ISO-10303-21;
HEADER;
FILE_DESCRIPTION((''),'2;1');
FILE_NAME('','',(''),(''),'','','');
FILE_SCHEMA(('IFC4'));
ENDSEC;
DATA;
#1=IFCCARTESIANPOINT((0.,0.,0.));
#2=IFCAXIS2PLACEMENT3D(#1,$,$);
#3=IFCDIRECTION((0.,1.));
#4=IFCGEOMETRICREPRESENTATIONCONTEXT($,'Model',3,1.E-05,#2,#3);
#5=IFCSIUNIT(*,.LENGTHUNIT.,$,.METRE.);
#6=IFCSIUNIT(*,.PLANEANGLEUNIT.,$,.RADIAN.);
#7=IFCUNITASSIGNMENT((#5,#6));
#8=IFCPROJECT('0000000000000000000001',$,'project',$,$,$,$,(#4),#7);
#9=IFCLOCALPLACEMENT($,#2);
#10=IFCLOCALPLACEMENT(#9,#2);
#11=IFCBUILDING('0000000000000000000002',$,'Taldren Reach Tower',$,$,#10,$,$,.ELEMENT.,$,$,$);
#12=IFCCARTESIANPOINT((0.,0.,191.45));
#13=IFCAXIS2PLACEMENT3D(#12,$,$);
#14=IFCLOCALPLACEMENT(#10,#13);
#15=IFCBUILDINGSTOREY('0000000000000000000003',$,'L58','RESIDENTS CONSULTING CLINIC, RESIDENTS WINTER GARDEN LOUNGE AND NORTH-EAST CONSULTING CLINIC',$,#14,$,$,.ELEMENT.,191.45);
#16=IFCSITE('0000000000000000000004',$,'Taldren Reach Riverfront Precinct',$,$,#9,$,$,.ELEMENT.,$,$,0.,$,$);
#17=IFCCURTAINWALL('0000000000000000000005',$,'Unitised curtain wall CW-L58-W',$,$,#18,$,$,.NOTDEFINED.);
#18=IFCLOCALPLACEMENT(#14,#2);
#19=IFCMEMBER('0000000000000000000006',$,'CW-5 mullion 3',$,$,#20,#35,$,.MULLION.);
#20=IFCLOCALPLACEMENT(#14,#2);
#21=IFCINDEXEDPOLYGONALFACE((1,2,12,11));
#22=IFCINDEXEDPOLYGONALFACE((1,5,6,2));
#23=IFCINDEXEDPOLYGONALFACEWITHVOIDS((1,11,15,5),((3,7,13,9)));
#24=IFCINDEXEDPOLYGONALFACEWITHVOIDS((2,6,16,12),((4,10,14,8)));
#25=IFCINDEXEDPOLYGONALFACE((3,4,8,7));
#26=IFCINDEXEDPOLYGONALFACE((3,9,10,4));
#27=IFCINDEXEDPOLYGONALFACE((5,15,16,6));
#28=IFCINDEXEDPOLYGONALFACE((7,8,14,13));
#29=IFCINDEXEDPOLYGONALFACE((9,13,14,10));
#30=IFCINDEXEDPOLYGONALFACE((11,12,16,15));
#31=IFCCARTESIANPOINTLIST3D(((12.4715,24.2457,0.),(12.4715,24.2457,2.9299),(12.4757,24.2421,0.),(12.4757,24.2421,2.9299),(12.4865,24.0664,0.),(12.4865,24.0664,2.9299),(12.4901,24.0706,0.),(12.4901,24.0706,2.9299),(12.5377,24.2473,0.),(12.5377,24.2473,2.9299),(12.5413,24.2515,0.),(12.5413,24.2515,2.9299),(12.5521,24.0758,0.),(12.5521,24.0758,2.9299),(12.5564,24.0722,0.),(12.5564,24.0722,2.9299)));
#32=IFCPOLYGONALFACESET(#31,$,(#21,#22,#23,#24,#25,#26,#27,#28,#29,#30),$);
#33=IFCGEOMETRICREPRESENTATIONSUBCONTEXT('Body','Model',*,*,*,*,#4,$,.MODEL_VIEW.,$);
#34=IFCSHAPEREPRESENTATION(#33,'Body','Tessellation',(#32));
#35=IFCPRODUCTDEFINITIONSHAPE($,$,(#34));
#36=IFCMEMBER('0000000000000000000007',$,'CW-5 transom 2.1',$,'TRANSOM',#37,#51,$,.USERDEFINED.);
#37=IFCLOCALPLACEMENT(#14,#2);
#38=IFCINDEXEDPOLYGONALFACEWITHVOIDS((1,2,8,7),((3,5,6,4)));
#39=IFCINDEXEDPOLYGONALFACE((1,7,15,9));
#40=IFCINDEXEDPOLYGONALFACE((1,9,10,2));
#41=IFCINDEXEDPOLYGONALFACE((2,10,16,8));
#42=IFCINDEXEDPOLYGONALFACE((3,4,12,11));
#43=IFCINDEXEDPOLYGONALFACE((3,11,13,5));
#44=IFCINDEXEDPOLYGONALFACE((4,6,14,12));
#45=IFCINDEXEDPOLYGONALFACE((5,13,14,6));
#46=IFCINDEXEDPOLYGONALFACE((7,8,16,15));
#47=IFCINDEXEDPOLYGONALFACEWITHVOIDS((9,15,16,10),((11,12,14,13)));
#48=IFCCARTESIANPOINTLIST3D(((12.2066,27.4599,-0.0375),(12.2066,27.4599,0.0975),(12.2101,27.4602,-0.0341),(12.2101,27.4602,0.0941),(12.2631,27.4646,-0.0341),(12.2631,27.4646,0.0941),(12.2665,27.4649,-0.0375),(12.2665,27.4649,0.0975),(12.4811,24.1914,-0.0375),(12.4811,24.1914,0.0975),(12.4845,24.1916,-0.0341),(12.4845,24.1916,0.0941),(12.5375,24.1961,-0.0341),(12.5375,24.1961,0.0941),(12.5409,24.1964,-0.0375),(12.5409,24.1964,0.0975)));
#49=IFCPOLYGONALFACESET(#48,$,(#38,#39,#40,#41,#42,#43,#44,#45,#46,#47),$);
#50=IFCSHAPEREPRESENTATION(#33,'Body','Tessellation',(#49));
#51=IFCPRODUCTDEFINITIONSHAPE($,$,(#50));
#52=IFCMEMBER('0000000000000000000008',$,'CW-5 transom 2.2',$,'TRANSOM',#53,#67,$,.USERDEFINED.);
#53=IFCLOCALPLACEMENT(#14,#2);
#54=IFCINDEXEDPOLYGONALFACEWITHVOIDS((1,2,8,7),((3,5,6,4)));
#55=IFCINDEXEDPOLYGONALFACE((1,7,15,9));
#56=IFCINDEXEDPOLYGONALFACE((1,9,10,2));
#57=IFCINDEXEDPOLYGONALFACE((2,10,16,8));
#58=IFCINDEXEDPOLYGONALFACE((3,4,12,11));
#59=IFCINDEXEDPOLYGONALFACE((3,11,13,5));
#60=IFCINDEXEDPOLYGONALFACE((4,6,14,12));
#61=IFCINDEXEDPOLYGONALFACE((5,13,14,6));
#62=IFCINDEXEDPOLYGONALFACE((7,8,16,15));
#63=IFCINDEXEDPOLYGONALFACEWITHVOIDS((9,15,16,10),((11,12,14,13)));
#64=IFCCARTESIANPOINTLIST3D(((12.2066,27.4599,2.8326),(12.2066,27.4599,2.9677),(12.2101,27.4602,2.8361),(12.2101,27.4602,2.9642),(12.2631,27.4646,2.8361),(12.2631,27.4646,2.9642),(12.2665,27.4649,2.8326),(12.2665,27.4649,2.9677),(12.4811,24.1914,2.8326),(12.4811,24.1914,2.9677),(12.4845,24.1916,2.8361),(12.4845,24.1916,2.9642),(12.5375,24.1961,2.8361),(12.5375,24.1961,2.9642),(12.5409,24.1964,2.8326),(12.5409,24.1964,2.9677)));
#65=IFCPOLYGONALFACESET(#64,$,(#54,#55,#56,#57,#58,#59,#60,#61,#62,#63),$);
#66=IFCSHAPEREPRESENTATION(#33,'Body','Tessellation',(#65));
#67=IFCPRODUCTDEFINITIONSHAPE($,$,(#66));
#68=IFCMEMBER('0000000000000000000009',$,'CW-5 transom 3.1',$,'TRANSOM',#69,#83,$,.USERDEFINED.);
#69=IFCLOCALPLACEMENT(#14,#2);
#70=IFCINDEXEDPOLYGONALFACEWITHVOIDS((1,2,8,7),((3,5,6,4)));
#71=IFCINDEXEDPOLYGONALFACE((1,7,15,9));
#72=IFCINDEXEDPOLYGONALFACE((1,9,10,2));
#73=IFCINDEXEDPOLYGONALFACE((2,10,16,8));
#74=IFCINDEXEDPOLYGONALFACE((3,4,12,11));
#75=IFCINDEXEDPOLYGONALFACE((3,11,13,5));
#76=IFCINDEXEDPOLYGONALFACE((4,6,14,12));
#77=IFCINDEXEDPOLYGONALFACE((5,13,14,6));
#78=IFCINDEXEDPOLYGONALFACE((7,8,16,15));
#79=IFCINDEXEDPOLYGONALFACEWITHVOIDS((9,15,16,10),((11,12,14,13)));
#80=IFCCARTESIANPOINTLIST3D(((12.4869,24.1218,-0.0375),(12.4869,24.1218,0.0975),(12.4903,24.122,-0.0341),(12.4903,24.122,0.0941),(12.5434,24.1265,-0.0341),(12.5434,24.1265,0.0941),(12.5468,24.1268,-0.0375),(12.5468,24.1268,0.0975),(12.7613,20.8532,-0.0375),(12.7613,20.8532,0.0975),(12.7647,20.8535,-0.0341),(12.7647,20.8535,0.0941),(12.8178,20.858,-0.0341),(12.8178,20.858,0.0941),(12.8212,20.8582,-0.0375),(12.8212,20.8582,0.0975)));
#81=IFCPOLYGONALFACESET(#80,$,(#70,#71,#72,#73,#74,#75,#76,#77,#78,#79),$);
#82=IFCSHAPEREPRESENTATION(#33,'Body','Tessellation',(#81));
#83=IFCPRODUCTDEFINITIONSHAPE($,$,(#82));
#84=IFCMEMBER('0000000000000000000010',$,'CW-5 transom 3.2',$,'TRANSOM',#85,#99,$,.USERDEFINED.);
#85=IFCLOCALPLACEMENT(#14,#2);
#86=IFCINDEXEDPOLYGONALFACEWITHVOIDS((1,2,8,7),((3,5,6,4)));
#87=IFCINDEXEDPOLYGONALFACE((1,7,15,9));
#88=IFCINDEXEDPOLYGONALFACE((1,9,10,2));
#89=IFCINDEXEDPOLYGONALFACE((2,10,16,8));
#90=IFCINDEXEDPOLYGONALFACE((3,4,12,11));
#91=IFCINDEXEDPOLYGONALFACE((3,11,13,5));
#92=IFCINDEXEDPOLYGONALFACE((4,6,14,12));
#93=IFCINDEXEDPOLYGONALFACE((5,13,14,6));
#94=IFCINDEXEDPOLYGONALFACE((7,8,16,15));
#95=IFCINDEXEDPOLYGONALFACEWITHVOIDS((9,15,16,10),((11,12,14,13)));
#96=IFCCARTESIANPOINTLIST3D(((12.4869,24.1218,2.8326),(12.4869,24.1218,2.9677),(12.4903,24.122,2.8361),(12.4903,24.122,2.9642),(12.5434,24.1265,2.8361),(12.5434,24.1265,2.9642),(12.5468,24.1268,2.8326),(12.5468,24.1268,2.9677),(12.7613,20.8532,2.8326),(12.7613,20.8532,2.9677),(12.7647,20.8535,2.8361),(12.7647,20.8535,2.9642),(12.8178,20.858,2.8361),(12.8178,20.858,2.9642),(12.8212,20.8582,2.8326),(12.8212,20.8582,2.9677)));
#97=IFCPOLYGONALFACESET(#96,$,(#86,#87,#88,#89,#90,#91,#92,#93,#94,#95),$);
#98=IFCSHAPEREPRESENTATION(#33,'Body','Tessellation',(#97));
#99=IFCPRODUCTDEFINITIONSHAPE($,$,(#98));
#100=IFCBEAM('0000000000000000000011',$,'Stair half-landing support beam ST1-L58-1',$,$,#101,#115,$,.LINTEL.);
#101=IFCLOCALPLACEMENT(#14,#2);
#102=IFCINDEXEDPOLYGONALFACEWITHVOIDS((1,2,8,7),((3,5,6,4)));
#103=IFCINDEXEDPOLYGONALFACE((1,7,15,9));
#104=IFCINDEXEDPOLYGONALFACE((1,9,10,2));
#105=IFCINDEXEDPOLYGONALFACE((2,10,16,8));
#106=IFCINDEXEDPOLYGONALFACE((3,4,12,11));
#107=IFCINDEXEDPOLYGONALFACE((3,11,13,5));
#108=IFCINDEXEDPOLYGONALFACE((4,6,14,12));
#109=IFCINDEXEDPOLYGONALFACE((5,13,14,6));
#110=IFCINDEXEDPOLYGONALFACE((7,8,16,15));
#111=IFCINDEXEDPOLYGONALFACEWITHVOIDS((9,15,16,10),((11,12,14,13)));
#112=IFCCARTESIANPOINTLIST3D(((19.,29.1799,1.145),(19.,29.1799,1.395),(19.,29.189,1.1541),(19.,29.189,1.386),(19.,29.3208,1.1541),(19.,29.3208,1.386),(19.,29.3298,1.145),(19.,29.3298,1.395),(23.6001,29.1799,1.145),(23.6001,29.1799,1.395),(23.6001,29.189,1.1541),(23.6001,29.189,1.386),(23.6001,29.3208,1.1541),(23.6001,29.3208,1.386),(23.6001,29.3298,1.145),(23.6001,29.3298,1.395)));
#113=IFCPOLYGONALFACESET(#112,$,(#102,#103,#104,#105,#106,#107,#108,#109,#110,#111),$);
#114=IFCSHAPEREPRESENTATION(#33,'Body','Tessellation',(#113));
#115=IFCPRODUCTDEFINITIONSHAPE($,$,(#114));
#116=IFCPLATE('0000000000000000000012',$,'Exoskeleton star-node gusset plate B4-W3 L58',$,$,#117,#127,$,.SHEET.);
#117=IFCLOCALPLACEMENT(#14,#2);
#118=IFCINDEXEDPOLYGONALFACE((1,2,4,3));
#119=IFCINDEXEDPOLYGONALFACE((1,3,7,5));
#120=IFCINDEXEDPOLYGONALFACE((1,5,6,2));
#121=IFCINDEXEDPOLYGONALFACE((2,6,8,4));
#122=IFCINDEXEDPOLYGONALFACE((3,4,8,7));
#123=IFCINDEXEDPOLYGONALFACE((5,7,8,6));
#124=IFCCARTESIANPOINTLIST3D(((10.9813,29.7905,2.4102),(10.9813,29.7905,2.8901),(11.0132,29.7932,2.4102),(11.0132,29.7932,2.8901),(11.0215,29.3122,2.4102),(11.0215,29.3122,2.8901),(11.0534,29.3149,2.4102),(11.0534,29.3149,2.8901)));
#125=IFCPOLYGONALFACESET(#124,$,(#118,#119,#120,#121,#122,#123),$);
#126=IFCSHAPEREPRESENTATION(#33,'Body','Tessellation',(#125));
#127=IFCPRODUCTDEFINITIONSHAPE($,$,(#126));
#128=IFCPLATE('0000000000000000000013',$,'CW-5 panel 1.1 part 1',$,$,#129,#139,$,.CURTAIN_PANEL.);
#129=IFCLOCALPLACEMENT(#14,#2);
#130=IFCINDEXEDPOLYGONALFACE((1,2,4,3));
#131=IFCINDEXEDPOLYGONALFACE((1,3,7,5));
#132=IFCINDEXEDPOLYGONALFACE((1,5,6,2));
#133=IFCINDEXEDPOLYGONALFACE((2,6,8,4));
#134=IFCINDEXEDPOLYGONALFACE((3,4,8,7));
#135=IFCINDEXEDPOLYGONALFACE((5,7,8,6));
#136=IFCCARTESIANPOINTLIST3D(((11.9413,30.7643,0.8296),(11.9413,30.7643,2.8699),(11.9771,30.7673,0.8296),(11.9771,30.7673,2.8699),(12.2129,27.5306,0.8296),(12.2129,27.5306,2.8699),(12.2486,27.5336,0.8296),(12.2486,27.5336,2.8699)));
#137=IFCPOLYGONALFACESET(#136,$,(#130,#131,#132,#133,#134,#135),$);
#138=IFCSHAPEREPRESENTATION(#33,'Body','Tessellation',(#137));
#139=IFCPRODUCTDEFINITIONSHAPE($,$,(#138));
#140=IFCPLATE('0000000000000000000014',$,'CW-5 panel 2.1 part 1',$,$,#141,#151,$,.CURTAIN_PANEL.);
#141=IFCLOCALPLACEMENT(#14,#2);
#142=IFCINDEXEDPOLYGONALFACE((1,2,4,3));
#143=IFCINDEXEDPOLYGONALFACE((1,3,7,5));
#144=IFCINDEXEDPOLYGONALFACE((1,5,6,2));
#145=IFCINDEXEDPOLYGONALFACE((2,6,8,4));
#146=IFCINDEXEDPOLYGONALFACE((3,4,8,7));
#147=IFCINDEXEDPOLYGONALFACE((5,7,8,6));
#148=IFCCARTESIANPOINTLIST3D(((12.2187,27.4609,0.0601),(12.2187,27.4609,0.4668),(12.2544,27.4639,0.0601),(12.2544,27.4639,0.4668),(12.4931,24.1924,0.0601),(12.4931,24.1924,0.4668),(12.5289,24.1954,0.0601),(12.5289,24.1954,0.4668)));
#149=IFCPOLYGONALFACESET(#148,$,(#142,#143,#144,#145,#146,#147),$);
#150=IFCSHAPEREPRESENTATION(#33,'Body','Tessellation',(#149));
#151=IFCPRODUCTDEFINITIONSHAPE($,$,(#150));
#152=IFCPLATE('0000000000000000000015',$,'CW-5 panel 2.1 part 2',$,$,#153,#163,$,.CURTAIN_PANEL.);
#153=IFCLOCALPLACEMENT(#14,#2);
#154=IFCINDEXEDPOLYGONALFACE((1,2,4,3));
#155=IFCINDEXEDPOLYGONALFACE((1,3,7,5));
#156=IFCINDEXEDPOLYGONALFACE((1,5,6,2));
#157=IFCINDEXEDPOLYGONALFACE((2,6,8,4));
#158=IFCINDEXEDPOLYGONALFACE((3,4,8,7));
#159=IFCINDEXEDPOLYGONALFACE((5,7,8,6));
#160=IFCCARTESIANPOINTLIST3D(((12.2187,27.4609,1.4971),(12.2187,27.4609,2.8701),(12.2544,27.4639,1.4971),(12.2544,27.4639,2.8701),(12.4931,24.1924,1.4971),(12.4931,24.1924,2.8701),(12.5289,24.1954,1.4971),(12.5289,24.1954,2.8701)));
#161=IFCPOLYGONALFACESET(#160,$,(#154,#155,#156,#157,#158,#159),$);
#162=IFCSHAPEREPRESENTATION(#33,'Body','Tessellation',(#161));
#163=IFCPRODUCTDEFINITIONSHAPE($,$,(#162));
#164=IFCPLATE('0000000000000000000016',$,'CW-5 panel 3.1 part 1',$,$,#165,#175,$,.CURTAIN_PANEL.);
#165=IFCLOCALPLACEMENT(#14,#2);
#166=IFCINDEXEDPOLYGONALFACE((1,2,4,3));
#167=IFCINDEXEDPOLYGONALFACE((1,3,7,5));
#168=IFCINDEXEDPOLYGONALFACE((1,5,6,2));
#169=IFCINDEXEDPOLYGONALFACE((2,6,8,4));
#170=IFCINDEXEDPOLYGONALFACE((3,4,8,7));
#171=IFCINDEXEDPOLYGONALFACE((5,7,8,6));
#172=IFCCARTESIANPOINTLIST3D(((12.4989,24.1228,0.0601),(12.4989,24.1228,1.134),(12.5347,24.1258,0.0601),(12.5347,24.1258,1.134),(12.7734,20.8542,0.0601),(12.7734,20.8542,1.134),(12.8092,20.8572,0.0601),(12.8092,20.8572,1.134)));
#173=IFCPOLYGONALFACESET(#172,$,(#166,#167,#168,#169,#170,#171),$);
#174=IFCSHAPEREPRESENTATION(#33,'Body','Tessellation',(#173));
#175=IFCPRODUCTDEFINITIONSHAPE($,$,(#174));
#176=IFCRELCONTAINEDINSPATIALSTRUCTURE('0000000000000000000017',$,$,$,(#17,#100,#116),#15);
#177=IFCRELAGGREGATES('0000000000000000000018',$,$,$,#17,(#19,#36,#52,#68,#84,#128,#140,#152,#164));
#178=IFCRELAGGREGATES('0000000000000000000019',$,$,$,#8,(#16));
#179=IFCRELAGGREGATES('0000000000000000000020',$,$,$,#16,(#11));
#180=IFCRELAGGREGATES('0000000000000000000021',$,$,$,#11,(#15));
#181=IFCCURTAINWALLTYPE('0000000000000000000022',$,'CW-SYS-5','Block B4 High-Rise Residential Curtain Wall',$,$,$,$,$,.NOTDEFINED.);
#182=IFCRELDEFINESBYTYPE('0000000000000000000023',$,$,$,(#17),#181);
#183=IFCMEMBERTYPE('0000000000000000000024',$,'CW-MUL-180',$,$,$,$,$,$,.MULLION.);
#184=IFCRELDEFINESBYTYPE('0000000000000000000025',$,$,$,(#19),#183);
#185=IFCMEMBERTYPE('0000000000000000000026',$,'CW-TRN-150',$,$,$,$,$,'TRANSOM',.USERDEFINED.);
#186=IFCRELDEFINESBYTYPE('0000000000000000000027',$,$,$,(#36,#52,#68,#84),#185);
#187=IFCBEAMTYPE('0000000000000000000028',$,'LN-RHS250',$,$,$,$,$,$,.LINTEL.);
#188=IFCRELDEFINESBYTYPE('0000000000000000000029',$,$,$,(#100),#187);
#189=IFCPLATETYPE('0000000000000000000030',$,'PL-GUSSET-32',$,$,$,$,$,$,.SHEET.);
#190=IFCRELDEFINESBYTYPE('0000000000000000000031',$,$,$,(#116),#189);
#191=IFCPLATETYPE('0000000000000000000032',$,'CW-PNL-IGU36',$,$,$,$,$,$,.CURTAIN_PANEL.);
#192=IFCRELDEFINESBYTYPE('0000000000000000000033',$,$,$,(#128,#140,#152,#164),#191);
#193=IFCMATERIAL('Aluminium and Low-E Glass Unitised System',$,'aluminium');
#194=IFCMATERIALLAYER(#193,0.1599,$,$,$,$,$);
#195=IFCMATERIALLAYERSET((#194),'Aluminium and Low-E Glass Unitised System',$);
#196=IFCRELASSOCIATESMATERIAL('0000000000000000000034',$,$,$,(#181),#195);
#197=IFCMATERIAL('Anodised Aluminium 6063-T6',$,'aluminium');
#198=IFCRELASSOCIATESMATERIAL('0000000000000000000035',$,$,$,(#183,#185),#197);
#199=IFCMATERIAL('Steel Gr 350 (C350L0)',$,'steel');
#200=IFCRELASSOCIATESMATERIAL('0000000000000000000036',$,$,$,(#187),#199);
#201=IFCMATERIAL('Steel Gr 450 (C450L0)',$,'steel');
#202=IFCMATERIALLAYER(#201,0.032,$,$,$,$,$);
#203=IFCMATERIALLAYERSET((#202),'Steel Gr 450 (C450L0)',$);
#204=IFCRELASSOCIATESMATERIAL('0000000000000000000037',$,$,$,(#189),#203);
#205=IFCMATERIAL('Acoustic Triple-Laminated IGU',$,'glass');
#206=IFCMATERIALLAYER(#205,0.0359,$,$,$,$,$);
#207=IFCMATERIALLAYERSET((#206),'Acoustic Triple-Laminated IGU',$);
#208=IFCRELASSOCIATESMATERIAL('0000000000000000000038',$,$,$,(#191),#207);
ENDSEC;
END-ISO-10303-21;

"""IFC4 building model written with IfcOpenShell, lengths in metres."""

from ifc_helpers import new_model, si_unit, direction, frame, origin, origin_2d, place, context, subcontext, project, spatial, rectangle, hollow_rectangle, extrude, source, transform, mapped, material, layer, layer_set, material_profile, profile_set, type_object, element, aggregate, save


model = new_model("IFC4")

# Units and contexts
model_context = context("Model", 3, precision=1e-05, world=origin(), true_north=direction((0.0, 1.0)))
body_context = subcontext(model_context, "Body", "Model", "MODEL_VIEW")
ifc_project = project(units=[si_unit("LENGTHUNIT", "METRE"), si_unit("PLANEANGLEUNIT", "RADIAN")], contexts=[model_context])

# Site, building, storey
site_placement = place(None, origin())
site = spatial("IfcSite", under=ifc_project, at=site_placement, Name="Taldren Reach Riverfront Precinct", CompositionType="ELEMENT", RefElevation=0.0)
building_placement = place(site_placement, origin())
building = spatial("IfcBuilding", under=site, at=building_placement, Name="Taldren Reach Tower", CompositionType="ELEMENT")
storey_placement = place(building_placement, frame((0.0, 0.0, 191.45)))
storey = spatial("IfcBuildingStorey", under=building, at=storey_placement, Name="L58", Description="RESIDENTS CONSULTING CLINIC, RESIDENTS WINTER GARDEN LOUNGE AND NORTH-EAST CONSULTING CLINIC", CompositionType="ELEMENT", Elevation=191.45)

# Shared definitions
ifc_material_1 = material(Name="Steel Gr 450 (C450L0)", Category="steel")

# Shared definitions
ifc_material_2 = material(Name="Steel Gr 350 (C350L0)", Category="steel")

# Curtain wall, members
ifc_material_3 = material(Name="Aluminium and Low-E Glass Unitised System", Category="aluminium")
ifc_layer_1 = layer(ifc_material_3, 0.1599)
ifc_layer_set_1 = layer_set([ifc_layer_1], Name="Aluminium and Low-E Glass Unitised System")
curtain_wall_type = type_object("IfcCurtainWallType", Name="CW-SYS-5", Description="Block B4 High-Rise Residential Curtain Wall", PredefinedType="NOTDEFINED", material=ifc_layer_set_1)
curtain_wall_placement = place(storey_placement, origin())
curtain_wall = element("IfcCurtainWall", 1, at=curtain_wall_placement, inside=storey, type_object=curtain_wall_type, Name="Unitised curtain wall CW-L58-W", PredefinedType="NOTDEFINED")
ifc_material_4 = material(Name="Anodised Aluminium 6063-T6", Category="aluminium")
ifc_material_profile_1 = material_profile(ifc_material_4, hollow_rectangle(XDim=0.0701, YDim=0.1799, WallThickness=0.0039, at=origin_2d()), Name="ALU-180x70x4RHS")
ifc_profile_set_1 = profile_set([ifc_material_profile_1], Name="Anodised Aluminium 6063-T6")
member_type_1 = type_object("IfcMemberType", Name="CW-MUL-180", PredefinedType="MULLION", material=ifc_profile_set_1)
shared_shape_1 = source(origin(), body_context, "Body", "SweptSolid", [
    extrude(hollow_rectangle(XDim=0.0701, YDim=0.1799, WallThickness=0.0039, at=origin_2d()), origin(), (0.0, 0.0, 1.0), 2.9299),
])
member_1_placement = place(storey_placement, frame((12.5139, 24.1589, 0.0), z_axis=(0.0, 0.0, 1.0), x_axis=(0.996493, 0.083678, 0.0)))
member_1 = element("IfcMember", 2, at=member_1_placement, type_object=member_type_1, Name="CW-5 mullion 3", PredefinedType="MULLION", context=body_context, shape_type="MappedRepresentation", body=[
    mapped(shared_shape_1, transform((0.0, 0.0, 0.0), scale=1.0)),
])
ifc_material_profile_2 = material_profile(ifc_material_4, hollow_rectangle(XDim=0.0601, YDim=0.135, WallThickness=0.0034, at=origin_2d()), Name="ALU-135x60x3.5RHS")
ifc_profile_set_2 = profile_set([ifc_material_profile_2], Name="Anodised Aluminium 6063-T6")
member_type_2 = type_object("IfcMemberType", Name="CW-TRN-150", ElementType="TRANSOM", PredefinedType="USERDEFINED", material=ifc_profile_set_2)
shared_shape_2 = source(origin(), body_context, "Body", "SweptSolid", [
    extrude(hollow_rectangle(XDim=0.0601, YDim=0.135, WallThickness=0.0034, at=origin_2d()), origin(), (0.0, 0.0, 1.0), 3.28),
])
member_2_placement = place(storey_placement, frame((12.2366, 27.4624, 0.03), z_axis=(0.083661, -0.996494, 0.0), x_axis=(0.996494, 0.083661, 0.0)))
member_2 = element("IfcMember", 3, at=member_2_placement, type_object=member_type_2, Name="CW-5 transom 2.1", ObjectType="TRANSOM", PredefinedType="USERDEFINED", context=body_context, shape_type="MappedRepresentation", body=[
    mapped(shared_shape_2, transform((0.0, 0.0, 0.0), scale=1.0)),
])
member_3_placement = place(storey_placement, frame((12.2366, 27.4624, 2.9001), z_axis=(0.083661, -0.996494, 0.0), x_axis=(0.996494, 0.083661, 0.0)))
member_3 = element("IfcMember", 4, at=member_3_placement, type_object=member_type_2, Name="CW-5 transom 2.2", ObjectType="TRANSOM", PredefinedType="USERDEFINED", context=body_context, shape_type="MappedRepresentation", body=[
    mapped(shared_shape_2, transform((0.0, 0.0, 0.0), scale=1.0)),
])
member_4_placement = place(storey_placement, frame((12.5168, 24.1243, 0.03), z_axis=(0.083661, -0.996494, 0.0), x_axis=(0.996494, 0.083661, 0.0)))
member_4 = element("IfcMember", 5, at=member_4_placement, type_object=member_type_2, Name="CW-5 transom 3.1", ObjectType="TRANSOM", PredefinedType="USERDEFINED", context=body_context, shape_type="MappedRepresentation", body=[
    mapped(shared_shape_2, transform((0.0, 0.0, 0.0), scale=1.0)),
])
member_5_placement = place(storey_placement, frame((12.5168, 24.1243, 2.9001), z_axis=(0.083661, -0.996494, 0.0), x_axis=(0.996494, 0.083661, 0.0)))
member_5 = element("IfcMember", 6, at=member_5_placement, type_object=member_type_2, Name="CW-5 transom 3.2", ObjectType="TRANSOM", PredefinedType="USERDEFINED", context=body_context, shape_type="MappedRepresentation", body=[
    mapped(shared_shape_2, transform((0.0, 0.0, 0.0), scale=1.0)),
])

# Beam
ifc_material_profile_3 = material_profile(ifc_material_2, hollow_rectangle(XDim=0.1499, YDim=0.25, WallThickness=0.009, at=origin_2d()), Name="250x150x9.0RHS")
ifc_profile_set_3 = profile_set([ifc_material_profile_3], Name="Steel Gr 350 (C350L0)")
beam_type_1 = type_object("IfcBeamType", Name="LN-RHS250", PredefinedType="LINTEL", material=ifc_profile_set_3)
shared_shape_3 = source(origin(), body_context, "Body", "SweptSolid", [
    extrude(hollow_rectangle(XDim=0.1499, YDim=0.25, WallThickness=0.009, at=origin_2d()), origin(), (0.0, 0.0, 1.0), 4.6001),
])
beam_1_placement = place(storey_placement, frame((19.0, 29.2549, 1.27), z_axis=(1.0, 0.0, 0.0), x_axis=(0.0, 1.0, 0.0)))
element("IfcBeam", 7, at=beam_1_placement, inside=storey, type_object=beam_type_1, Name="Stair half-landing support beam ST1-L58-1", PredefinedType="LINTEL", context=body_context, shape_type="MappedRepresentation", body=[
    mapped(shared_shape_3, transform((0.0, 0.0, 0.0), scale=1.0)),
])

# Plates
ifc_layer_2 = layer(ifc_material_1, 0.032)
ifc_layer_set_2 = layer_set([ifc_layer_2], Name="Steel Gr 450 (C450L0)")
plate_type_1 = type_object("IfcPlateType", Name="PL-GUSSET-32", PredefinedType="SHEET", material=ifc_layer_set_2)
shared_shape_4 = source(origin(), body_context, "Body", "SweptSolid", [
    extrude(rectangle(XDim=0.48, YDim=0.032, at=origin_2d()), origin(), (0.0, 0.0, 1.0), 0.48),
])
plate_1_placement = place(storey_placement, frame((11.0173, 29.5527, 2.4102), z_axis=(0.0, 0.0, 1.0), x_axis=(-0.083678, 0.996493, 0.0)))
element("IfcPlate", 8, at=plate_1_placement, inside=storey, type_object=plate_type_1, Name="Exoskeleton star-node gusset plate B4-W3 L58", PredefinedType="SHEET", context=body_context, shape_type="MappedRepresentation", body=[
    mapped(shared_shape_4, transform((0.0, 0.0, 0.0), scale=1.0)),
])
ifc_material_5 = material(Name="Acoustic Triple-Laminated IGU", Category="glass")
ifc_layer_3 = layer(ifc_material_5, 0.0359)
ifc_layer_set_3 = layer_set([ifc_layer_3], Name="Acoustic Triple-Laminated IGU")
plate_type_2 = type_object("IfcPlateType", Name="CW-PNL-IGU36", PredefinedType="CURTAIN_PANEL", material=ifc_layer_set_3)
shared_shape_5 = source(origin(), body_context, "Body", "SweptSolid", [
    extrude(rectangle(XDim=3.2451, YDim=0.0359, at=origin_2d()), origin(), (0.0, 0.0, 1.0), 2.0403),
])
plate_2_placement = place(storey_placement, frame((12.095, 29.1489, 0.8296), z_axis=(0.0, 0.0, 1.0), x_axis=(0.083678, -0.996493, 0.0)))
plate_2 = element("IfcPlate", 9, at=plate_2_placement, type_object=plate_type_2, Name="CW-5 panel 1.1 part 1", PredefinedType="CURTAIN_PANEL", context=body_context, shape_type="MappedRepresentation", body=[
    mapped(shared_shape_5, transform((0.0, 0.0, 0.0), scale=1.0)),
])
shared_shape_6 = source(origin(), body_context, "Body", "SweptSolid", [
    extrude(rectangle(XDim=3.28, YDim=0.0359, at=origin_2d()), origin(), (0.0, 0.0, 1.0), 0.4067),
])
plate_3_placement = place(storey_placement, frame((12.3738, 25.8281, 0.0601), z_axis=(0.0, 0.0, 1.0), x_axis=(0.083678, -0.996493, 0.0)))
plate_3 = element("IfcPlate", 10, at=plate_3_placement, type_object=plate_type_2, Name="CW-5 panel 2.1 part 1", PredefinedType="CURTAIN_PANEL", context=body_context, shape_type="MappedRepresentation", body=[
    mapped(shared_shape_6, transform((0.0, 0.0, 0.0), scale=1.0)),
])
shared_shape_7 = source(origin(), body_context, "Body", "SweptSolid", [
    extrude(rectangle(XDim=3.28, YDim=0.0359, at=origin_2d()), origin(), (0.0, 0.0, 1.0), 1.373),
])
plate_4_placement = place(storey_placement, frame((12.3738, 25.8281, 1.4971), z_axis=(0.0, 0.0, 1.0), x_axis=(0.083678, -0.996493, 0.0)))
plate_4 = element("IfcPlate", 11, at=plate_4_placement, type_object=plate_type_2, Name="CW-5 panel 2.1 part 2", PredefinedType="CURTAIN_PANEL", context=body_context, shape_type="MappedRepresentation", body=[
    mapped(shared_shape_7, transform((0.0, 0.0, 0.0), scale=1.0)),
])
shared_shape_8 = source(origin(), body_context, "Body", "SweptSolid", [
    extrude(rectangle(XDim=3.28, YDim=0.0359, at=origin_2d()), origin(), (0.0, 0.0, 1.0), 1.074),
])
plate_5_placement = place(storey_placement, frame((12.6541, 22.49, 0.0601), z_axis=(0.0, 0.0, 1.0), x_axis=(0.083678, -0.996493, 0.0)))
plate_5 = element("IfcPlate", 12, at=plate_5_placement, type_object=plate_type_2, Name="CW-5 panel 3.1 part 1", PredefinedType="CURTAIN_PANEL", context=body_context, shape_type="MappedRepresentation", body=[
    mapped(shared_shape_8, transform((0.0, 0.0, 0.0), scale=1.0)),
])
aggregate(curtain_wall, [member_1, member_2, member_3, member_4, member_5, plate_2, plate_3, plate_4, plate_5])

save(model, "model.ifc")
